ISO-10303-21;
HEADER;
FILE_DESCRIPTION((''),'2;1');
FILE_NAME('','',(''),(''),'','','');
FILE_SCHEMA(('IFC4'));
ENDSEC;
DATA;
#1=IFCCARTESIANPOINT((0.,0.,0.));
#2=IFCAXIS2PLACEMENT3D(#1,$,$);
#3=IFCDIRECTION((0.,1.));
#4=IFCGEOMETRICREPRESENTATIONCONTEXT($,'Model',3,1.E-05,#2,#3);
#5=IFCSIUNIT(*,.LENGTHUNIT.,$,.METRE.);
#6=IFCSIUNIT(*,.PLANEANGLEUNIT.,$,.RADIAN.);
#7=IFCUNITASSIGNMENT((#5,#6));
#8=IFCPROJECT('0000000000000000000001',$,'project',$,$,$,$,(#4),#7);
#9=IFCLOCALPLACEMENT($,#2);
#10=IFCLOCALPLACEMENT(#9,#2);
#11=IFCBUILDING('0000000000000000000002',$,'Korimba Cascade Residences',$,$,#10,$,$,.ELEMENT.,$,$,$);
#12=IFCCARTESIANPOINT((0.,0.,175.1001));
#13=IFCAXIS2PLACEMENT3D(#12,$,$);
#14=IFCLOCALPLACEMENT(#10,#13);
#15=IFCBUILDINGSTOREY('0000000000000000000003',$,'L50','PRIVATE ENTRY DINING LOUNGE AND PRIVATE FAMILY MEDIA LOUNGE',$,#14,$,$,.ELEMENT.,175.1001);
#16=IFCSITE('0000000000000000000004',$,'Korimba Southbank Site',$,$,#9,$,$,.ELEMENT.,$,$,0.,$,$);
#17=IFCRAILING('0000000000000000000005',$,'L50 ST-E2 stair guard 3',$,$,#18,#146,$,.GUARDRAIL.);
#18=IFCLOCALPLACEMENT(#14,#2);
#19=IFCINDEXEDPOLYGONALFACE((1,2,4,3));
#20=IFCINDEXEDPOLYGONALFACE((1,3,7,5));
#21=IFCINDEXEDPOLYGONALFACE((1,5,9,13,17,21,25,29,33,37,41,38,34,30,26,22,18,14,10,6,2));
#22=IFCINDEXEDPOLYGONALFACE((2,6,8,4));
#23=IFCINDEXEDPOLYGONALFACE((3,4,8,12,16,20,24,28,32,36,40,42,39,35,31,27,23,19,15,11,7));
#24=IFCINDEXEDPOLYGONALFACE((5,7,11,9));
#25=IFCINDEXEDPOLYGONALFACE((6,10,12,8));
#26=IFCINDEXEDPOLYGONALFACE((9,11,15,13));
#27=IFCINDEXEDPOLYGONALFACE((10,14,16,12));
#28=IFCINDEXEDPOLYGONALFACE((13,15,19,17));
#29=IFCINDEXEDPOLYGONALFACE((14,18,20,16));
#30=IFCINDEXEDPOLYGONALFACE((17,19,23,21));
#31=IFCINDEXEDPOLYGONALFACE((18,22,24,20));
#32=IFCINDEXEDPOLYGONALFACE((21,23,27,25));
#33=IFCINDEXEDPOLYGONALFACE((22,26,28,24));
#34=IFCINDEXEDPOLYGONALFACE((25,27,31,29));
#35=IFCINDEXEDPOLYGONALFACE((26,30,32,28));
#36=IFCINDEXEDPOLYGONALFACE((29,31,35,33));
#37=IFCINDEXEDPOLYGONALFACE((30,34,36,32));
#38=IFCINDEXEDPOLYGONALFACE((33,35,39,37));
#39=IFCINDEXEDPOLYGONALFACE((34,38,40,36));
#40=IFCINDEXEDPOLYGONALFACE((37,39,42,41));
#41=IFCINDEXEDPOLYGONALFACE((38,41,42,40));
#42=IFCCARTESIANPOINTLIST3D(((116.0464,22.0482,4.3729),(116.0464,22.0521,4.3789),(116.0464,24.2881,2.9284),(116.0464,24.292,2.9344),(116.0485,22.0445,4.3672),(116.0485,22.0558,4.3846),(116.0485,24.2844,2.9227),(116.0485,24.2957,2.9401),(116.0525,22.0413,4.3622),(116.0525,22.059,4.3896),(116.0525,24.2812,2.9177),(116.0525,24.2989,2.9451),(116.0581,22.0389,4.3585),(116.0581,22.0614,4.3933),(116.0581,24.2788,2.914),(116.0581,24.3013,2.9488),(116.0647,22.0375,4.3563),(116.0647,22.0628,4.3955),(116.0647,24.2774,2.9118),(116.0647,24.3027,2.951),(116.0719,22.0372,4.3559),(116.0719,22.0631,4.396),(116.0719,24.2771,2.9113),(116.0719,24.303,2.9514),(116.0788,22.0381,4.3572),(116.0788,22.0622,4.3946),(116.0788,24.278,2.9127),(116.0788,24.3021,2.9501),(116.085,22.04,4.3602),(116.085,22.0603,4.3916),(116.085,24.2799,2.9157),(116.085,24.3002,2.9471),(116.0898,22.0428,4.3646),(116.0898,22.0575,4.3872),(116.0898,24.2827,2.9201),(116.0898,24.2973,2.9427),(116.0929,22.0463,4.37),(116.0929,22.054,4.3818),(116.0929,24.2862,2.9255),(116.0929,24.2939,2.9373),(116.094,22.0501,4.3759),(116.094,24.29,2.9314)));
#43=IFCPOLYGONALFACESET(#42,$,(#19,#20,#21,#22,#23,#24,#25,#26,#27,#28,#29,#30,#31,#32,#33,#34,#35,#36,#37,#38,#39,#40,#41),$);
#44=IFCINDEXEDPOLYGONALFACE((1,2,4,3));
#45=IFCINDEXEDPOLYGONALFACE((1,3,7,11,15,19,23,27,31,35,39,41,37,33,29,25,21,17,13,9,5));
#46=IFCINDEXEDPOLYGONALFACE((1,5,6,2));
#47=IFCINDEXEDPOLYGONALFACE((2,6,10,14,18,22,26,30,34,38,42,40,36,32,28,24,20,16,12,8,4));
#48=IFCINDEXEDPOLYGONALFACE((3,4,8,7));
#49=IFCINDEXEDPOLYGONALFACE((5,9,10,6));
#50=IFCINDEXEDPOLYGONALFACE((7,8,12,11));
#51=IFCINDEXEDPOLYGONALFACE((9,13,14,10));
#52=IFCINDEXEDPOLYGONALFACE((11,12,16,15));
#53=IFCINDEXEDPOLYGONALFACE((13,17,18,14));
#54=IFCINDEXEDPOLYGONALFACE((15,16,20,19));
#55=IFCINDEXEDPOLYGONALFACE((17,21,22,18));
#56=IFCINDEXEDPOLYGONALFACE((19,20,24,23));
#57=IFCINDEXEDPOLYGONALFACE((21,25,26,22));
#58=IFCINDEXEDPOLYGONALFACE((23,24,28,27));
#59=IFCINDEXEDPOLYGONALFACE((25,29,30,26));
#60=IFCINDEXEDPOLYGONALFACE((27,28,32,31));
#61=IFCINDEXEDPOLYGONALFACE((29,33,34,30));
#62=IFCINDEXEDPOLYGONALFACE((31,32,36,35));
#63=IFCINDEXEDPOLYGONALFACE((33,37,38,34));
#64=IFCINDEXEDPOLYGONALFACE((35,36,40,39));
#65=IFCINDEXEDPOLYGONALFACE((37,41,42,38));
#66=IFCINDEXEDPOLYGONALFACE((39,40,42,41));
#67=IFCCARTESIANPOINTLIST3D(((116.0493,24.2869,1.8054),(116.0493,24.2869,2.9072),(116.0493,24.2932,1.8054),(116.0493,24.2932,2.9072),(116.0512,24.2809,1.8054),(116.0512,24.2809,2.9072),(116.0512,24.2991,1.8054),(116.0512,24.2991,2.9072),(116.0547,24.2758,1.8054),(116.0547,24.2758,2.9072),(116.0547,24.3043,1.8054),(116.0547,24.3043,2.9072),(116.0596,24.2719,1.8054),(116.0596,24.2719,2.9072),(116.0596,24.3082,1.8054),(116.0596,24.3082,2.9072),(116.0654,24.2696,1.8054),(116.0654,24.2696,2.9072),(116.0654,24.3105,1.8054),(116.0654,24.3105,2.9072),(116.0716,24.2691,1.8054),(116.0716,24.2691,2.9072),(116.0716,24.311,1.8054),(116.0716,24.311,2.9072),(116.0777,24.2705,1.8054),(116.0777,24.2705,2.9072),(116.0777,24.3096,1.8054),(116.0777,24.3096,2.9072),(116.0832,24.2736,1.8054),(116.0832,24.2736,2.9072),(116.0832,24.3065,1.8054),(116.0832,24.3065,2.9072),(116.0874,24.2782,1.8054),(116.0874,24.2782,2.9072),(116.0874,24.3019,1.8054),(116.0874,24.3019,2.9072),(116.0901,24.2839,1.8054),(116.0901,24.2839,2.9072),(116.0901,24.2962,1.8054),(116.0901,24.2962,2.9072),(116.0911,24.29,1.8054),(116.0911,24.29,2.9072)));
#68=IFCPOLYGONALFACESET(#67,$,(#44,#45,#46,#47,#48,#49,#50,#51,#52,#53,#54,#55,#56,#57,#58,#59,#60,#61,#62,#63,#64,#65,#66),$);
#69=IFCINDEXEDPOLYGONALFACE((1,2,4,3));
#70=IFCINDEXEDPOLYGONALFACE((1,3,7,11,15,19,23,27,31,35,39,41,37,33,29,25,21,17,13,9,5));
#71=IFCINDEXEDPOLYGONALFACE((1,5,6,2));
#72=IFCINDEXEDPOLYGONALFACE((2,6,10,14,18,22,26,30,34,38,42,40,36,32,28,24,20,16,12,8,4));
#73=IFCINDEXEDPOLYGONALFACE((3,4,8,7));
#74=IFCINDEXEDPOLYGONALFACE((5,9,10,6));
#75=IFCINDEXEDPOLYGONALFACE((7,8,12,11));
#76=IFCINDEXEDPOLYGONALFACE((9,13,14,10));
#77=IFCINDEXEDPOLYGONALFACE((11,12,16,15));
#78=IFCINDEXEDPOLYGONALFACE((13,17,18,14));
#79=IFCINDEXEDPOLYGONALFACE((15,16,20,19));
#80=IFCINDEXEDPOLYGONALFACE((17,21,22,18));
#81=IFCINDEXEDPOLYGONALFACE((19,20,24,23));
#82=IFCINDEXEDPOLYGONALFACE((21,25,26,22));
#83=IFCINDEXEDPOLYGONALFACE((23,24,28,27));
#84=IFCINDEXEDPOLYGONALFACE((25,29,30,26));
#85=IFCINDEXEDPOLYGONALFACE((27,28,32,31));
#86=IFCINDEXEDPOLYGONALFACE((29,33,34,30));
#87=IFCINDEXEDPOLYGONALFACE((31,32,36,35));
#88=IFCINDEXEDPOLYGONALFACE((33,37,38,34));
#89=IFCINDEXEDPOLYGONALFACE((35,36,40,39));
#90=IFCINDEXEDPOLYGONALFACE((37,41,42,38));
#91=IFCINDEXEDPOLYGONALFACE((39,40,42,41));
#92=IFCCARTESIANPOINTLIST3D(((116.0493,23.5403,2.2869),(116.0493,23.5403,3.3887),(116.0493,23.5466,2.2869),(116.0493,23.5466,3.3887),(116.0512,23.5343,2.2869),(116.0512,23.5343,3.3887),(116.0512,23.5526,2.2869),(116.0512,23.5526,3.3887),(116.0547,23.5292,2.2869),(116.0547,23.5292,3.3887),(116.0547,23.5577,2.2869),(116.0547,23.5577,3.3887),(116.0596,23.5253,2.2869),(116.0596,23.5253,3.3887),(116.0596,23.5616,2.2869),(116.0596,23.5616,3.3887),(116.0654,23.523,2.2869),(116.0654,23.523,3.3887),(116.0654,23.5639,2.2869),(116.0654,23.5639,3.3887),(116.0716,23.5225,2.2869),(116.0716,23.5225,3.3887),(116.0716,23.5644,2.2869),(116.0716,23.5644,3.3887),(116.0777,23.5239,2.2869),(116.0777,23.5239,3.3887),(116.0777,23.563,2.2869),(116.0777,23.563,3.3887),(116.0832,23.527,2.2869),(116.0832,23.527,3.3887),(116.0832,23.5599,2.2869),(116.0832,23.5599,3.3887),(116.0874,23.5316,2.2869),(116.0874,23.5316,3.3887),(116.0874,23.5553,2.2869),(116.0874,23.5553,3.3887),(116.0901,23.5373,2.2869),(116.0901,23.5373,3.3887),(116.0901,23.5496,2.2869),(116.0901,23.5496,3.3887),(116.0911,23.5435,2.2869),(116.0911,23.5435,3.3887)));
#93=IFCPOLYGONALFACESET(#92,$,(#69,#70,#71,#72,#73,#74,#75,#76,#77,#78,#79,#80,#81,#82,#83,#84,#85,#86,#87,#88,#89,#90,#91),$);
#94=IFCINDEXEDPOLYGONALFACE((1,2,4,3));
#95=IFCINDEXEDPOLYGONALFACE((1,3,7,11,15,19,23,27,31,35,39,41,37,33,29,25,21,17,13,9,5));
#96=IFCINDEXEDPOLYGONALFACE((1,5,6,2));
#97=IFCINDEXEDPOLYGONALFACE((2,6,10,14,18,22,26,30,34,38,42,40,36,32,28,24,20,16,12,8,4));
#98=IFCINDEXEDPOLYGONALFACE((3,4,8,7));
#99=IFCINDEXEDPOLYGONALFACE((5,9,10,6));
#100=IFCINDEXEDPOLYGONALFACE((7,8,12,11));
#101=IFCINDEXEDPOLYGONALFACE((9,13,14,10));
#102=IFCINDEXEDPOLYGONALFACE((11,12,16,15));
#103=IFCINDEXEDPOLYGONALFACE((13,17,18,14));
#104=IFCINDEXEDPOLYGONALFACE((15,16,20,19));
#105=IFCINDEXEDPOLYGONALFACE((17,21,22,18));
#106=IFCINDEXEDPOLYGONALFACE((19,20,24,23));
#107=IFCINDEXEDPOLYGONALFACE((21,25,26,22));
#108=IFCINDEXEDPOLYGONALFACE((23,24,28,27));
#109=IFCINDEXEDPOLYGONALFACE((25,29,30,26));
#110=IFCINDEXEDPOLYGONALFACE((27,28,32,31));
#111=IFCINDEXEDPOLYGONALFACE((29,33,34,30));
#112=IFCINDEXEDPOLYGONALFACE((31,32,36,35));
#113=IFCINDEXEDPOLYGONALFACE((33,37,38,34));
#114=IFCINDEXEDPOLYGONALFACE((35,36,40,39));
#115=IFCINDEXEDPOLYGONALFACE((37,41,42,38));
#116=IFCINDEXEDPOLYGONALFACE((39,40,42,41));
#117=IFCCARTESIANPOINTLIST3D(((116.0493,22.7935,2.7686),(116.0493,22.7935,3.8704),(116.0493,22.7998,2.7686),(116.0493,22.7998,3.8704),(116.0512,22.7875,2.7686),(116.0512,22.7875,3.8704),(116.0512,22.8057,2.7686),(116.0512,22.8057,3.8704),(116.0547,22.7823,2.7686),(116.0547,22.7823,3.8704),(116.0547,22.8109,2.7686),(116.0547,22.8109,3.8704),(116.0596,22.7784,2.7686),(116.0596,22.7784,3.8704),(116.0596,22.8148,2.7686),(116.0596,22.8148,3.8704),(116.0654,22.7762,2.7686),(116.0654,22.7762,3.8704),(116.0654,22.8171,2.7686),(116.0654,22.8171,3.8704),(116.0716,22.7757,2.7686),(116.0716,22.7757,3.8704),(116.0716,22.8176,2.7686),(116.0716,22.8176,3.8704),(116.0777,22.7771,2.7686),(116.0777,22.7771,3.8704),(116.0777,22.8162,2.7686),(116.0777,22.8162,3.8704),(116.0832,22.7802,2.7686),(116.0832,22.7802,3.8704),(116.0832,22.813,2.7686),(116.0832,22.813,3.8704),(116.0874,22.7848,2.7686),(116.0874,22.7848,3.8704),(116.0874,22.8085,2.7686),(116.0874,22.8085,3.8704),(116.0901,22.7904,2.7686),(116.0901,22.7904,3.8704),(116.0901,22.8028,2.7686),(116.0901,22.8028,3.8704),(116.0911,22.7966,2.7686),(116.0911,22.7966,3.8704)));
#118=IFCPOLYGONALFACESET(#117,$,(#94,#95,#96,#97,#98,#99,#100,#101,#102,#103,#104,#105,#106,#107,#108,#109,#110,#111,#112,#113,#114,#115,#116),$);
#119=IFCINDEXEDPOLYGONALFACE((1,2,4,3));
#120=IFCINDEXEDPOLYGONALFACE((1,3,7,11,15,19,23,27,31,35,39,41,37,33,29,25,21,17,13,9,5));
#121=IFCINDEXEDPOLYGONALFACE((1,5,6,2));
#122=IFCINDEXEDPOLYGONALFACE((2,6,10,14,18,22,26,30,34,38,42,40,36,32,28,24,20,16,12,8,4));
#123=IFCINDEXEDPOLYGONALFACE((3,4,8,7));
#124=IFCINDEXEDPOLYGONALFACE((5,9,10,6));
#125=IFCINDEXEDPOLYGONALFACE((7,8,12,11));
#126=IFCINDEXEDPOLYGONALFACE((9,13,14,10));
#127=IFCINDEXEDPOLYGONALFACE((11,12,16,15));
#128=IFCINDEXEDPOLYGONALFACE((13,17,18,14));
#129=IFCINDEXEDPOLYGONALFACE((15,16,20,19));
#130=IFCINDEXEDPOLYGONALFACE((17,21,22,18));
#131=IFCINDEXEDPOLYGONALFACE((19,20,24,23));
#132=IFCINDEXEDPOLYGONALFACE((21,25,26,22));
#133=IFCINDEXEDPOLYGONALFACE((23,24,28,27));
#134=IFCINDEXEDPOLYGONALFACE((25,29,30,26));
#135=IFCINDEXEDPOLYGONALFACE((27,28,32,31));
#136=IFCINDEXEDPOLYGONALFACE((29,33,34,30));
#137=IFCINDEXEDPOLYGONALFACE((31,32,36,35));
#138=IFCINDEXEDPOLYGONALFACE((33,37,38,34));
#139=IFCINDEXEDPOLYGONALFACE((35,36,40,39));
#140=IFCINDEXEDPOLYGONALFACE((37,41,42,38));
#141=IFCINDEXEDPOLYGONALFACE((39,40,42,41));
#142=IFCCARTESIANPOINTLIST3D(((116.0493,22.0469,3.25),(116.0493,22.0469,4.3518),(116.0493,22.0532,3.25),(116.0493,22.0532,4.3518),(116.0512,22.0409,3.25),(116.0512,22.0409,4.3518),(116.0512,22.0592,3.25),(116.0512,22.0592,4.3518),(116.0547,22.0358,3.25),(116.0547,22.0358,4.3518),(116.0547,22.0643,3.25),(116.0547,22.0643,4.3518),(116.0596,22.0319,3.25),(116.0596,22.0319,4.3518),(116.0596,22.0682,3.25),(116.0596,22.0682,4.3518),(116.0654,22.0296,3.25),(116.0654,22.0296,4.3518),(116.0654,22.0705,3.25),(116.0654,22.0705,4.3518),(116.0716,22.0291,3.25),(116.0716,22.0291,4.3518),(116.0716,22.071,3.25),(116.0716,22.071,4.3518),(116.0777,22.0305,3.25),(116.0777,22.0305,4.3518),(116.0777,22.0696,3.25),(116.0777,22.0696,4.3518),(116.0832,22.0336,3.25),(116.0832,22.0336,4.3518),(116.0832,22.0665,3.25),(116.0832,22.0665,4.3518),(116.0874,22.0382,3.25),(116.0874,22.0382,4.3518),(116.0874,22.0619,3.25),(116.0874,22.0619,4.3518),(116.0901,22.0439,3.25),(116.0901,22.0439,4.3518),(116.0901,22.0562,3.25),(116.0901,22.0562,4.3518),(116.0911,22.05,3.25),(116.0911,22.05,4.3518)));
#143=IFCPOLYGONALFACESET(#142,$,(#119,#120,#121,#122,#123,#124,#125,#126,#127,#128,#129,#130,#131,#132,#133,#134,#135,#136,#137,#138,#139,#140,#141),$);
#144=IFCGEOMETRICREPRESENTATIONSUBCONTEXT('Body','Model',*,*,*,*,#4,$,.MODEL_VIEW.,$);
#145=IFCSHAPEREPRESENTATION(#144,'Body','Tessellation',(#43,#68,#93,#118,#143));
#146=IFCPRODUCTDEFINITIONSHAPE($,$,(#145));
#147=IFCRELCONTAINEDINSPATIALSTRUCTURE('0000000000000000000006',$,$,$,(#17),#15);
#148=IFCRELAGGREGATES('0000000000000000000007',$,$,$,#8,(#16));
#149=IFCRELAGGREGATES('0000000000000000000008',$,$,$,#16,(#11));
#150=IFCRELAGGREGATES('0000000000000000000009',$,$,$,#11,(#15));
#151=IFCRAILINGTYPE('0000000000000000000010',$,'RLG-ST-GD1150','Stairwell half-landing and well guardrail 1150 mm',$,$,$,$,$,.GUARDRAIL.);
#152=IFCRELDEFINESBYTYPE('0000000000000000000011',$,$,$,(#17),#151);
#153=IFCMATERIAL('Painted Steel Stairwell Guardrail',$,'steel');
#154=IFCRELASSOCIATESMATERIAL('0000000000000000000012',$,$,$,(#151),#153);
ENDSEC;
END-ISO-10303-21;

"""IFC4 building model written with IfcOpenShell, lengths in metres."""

from ifc_helpers import new_model, si_unit, direction, frame, origin, origin_2d, place, context, subcontext, project, spatial, circle, extrude, material, type_object, element, save


model = new_model("IFC4")

# Units and contexts
model_context = context("Model", 3, precision=1e-05, world=origin(), true_north=direction((0.0, 1.0)))
body_context = subcontext(model_context, "Body", "Model", "MODEL_VIEW")
ifc_project = project(units=[si_unit("LENGTHUNIT", "METRE"), si_unit("PLANEANGLEUNIT", "RADIAN")], contexts=[model_context])

# Site, building, storey
site_placement = place(None, origin())
site = spatial("IfcSite", under=ifc_project, at=site_placement, Name="Korimba Southbank Site", CompositionType="ELEMENT", RefElevation=0.0)
building_placement = place(site_placement, origin())
building = spatial("IfcBuilding", under=site, at=building_placement, Name="Korimba Cascade Residences", CompositionType="ELEMENT")
storey_placement = place(building_placement, frame((0.0, 0.0, 175.1001)))
storey = spatial("IfcBuildingStorey", under=building, at=storey_placement, Name="L50", Description="PRIVATE ENTRY DINING LOUNGE AND PRIVATE FAMILY MEDIA LOUNGE", CompositionType="ELEMENT", Elevation=175.1001)

# Railing
ifc_material_1 = material(Name="Painted Steel Stairwell Guardrail", Category="steel")
railing_type_1 = type_object("IfcRailingType", Name="RLG-ST-GD1150", Description="Stairwell half-landing and well guardrail 1150 mm", PredefinedType="GUARDRAIL", material=ifc_material_1)
railing_1_placement = place(storey_placement, frame((116.0701, 24.29, 1.8054)))
element("IfcRailing", 1, at=railing_1_placement, inside=storey, type_object=railing_type_1, Name="L50 ST-E2 stair guard 3", PredefinedType="GUARDRAIL", context=body_context, shape_type="SweptSolid", body=[
    extrude(circle(Radius=0.0239, at=origin_2d()), frame((0.0, 0.0, 1.126), z_axis=(0.0, -0.840395, 0.541975), x_axis=(1.0, 0.0, 0.0)), (0.0, 0.0, 1.0), 2.6653),
    extrude(circle(Radius=0.021, at=origin_2d()), origin(), (0.0, 0.0, 1.0), 1.1018),
    extrude(circle(Radius=0.021, at=origin_2d()), frame((0.0, -0.7466, 0.4814)), (0.0, 0.0, 1.0), 1.1018),
    extrude(circle(Radius=0.021, at=origin_2d()), frame((0.0, -1.4934, 0.9631)), (0.0, 0.0, 1.0), 1.1018),
    extrude(circle(Radius=0.021, at=origin_2d()), frame((0.0, -2.24, 1.4446)), (0.0, 0.0, 1.0), 1.1018),
])

save(model, "model.ifc")
